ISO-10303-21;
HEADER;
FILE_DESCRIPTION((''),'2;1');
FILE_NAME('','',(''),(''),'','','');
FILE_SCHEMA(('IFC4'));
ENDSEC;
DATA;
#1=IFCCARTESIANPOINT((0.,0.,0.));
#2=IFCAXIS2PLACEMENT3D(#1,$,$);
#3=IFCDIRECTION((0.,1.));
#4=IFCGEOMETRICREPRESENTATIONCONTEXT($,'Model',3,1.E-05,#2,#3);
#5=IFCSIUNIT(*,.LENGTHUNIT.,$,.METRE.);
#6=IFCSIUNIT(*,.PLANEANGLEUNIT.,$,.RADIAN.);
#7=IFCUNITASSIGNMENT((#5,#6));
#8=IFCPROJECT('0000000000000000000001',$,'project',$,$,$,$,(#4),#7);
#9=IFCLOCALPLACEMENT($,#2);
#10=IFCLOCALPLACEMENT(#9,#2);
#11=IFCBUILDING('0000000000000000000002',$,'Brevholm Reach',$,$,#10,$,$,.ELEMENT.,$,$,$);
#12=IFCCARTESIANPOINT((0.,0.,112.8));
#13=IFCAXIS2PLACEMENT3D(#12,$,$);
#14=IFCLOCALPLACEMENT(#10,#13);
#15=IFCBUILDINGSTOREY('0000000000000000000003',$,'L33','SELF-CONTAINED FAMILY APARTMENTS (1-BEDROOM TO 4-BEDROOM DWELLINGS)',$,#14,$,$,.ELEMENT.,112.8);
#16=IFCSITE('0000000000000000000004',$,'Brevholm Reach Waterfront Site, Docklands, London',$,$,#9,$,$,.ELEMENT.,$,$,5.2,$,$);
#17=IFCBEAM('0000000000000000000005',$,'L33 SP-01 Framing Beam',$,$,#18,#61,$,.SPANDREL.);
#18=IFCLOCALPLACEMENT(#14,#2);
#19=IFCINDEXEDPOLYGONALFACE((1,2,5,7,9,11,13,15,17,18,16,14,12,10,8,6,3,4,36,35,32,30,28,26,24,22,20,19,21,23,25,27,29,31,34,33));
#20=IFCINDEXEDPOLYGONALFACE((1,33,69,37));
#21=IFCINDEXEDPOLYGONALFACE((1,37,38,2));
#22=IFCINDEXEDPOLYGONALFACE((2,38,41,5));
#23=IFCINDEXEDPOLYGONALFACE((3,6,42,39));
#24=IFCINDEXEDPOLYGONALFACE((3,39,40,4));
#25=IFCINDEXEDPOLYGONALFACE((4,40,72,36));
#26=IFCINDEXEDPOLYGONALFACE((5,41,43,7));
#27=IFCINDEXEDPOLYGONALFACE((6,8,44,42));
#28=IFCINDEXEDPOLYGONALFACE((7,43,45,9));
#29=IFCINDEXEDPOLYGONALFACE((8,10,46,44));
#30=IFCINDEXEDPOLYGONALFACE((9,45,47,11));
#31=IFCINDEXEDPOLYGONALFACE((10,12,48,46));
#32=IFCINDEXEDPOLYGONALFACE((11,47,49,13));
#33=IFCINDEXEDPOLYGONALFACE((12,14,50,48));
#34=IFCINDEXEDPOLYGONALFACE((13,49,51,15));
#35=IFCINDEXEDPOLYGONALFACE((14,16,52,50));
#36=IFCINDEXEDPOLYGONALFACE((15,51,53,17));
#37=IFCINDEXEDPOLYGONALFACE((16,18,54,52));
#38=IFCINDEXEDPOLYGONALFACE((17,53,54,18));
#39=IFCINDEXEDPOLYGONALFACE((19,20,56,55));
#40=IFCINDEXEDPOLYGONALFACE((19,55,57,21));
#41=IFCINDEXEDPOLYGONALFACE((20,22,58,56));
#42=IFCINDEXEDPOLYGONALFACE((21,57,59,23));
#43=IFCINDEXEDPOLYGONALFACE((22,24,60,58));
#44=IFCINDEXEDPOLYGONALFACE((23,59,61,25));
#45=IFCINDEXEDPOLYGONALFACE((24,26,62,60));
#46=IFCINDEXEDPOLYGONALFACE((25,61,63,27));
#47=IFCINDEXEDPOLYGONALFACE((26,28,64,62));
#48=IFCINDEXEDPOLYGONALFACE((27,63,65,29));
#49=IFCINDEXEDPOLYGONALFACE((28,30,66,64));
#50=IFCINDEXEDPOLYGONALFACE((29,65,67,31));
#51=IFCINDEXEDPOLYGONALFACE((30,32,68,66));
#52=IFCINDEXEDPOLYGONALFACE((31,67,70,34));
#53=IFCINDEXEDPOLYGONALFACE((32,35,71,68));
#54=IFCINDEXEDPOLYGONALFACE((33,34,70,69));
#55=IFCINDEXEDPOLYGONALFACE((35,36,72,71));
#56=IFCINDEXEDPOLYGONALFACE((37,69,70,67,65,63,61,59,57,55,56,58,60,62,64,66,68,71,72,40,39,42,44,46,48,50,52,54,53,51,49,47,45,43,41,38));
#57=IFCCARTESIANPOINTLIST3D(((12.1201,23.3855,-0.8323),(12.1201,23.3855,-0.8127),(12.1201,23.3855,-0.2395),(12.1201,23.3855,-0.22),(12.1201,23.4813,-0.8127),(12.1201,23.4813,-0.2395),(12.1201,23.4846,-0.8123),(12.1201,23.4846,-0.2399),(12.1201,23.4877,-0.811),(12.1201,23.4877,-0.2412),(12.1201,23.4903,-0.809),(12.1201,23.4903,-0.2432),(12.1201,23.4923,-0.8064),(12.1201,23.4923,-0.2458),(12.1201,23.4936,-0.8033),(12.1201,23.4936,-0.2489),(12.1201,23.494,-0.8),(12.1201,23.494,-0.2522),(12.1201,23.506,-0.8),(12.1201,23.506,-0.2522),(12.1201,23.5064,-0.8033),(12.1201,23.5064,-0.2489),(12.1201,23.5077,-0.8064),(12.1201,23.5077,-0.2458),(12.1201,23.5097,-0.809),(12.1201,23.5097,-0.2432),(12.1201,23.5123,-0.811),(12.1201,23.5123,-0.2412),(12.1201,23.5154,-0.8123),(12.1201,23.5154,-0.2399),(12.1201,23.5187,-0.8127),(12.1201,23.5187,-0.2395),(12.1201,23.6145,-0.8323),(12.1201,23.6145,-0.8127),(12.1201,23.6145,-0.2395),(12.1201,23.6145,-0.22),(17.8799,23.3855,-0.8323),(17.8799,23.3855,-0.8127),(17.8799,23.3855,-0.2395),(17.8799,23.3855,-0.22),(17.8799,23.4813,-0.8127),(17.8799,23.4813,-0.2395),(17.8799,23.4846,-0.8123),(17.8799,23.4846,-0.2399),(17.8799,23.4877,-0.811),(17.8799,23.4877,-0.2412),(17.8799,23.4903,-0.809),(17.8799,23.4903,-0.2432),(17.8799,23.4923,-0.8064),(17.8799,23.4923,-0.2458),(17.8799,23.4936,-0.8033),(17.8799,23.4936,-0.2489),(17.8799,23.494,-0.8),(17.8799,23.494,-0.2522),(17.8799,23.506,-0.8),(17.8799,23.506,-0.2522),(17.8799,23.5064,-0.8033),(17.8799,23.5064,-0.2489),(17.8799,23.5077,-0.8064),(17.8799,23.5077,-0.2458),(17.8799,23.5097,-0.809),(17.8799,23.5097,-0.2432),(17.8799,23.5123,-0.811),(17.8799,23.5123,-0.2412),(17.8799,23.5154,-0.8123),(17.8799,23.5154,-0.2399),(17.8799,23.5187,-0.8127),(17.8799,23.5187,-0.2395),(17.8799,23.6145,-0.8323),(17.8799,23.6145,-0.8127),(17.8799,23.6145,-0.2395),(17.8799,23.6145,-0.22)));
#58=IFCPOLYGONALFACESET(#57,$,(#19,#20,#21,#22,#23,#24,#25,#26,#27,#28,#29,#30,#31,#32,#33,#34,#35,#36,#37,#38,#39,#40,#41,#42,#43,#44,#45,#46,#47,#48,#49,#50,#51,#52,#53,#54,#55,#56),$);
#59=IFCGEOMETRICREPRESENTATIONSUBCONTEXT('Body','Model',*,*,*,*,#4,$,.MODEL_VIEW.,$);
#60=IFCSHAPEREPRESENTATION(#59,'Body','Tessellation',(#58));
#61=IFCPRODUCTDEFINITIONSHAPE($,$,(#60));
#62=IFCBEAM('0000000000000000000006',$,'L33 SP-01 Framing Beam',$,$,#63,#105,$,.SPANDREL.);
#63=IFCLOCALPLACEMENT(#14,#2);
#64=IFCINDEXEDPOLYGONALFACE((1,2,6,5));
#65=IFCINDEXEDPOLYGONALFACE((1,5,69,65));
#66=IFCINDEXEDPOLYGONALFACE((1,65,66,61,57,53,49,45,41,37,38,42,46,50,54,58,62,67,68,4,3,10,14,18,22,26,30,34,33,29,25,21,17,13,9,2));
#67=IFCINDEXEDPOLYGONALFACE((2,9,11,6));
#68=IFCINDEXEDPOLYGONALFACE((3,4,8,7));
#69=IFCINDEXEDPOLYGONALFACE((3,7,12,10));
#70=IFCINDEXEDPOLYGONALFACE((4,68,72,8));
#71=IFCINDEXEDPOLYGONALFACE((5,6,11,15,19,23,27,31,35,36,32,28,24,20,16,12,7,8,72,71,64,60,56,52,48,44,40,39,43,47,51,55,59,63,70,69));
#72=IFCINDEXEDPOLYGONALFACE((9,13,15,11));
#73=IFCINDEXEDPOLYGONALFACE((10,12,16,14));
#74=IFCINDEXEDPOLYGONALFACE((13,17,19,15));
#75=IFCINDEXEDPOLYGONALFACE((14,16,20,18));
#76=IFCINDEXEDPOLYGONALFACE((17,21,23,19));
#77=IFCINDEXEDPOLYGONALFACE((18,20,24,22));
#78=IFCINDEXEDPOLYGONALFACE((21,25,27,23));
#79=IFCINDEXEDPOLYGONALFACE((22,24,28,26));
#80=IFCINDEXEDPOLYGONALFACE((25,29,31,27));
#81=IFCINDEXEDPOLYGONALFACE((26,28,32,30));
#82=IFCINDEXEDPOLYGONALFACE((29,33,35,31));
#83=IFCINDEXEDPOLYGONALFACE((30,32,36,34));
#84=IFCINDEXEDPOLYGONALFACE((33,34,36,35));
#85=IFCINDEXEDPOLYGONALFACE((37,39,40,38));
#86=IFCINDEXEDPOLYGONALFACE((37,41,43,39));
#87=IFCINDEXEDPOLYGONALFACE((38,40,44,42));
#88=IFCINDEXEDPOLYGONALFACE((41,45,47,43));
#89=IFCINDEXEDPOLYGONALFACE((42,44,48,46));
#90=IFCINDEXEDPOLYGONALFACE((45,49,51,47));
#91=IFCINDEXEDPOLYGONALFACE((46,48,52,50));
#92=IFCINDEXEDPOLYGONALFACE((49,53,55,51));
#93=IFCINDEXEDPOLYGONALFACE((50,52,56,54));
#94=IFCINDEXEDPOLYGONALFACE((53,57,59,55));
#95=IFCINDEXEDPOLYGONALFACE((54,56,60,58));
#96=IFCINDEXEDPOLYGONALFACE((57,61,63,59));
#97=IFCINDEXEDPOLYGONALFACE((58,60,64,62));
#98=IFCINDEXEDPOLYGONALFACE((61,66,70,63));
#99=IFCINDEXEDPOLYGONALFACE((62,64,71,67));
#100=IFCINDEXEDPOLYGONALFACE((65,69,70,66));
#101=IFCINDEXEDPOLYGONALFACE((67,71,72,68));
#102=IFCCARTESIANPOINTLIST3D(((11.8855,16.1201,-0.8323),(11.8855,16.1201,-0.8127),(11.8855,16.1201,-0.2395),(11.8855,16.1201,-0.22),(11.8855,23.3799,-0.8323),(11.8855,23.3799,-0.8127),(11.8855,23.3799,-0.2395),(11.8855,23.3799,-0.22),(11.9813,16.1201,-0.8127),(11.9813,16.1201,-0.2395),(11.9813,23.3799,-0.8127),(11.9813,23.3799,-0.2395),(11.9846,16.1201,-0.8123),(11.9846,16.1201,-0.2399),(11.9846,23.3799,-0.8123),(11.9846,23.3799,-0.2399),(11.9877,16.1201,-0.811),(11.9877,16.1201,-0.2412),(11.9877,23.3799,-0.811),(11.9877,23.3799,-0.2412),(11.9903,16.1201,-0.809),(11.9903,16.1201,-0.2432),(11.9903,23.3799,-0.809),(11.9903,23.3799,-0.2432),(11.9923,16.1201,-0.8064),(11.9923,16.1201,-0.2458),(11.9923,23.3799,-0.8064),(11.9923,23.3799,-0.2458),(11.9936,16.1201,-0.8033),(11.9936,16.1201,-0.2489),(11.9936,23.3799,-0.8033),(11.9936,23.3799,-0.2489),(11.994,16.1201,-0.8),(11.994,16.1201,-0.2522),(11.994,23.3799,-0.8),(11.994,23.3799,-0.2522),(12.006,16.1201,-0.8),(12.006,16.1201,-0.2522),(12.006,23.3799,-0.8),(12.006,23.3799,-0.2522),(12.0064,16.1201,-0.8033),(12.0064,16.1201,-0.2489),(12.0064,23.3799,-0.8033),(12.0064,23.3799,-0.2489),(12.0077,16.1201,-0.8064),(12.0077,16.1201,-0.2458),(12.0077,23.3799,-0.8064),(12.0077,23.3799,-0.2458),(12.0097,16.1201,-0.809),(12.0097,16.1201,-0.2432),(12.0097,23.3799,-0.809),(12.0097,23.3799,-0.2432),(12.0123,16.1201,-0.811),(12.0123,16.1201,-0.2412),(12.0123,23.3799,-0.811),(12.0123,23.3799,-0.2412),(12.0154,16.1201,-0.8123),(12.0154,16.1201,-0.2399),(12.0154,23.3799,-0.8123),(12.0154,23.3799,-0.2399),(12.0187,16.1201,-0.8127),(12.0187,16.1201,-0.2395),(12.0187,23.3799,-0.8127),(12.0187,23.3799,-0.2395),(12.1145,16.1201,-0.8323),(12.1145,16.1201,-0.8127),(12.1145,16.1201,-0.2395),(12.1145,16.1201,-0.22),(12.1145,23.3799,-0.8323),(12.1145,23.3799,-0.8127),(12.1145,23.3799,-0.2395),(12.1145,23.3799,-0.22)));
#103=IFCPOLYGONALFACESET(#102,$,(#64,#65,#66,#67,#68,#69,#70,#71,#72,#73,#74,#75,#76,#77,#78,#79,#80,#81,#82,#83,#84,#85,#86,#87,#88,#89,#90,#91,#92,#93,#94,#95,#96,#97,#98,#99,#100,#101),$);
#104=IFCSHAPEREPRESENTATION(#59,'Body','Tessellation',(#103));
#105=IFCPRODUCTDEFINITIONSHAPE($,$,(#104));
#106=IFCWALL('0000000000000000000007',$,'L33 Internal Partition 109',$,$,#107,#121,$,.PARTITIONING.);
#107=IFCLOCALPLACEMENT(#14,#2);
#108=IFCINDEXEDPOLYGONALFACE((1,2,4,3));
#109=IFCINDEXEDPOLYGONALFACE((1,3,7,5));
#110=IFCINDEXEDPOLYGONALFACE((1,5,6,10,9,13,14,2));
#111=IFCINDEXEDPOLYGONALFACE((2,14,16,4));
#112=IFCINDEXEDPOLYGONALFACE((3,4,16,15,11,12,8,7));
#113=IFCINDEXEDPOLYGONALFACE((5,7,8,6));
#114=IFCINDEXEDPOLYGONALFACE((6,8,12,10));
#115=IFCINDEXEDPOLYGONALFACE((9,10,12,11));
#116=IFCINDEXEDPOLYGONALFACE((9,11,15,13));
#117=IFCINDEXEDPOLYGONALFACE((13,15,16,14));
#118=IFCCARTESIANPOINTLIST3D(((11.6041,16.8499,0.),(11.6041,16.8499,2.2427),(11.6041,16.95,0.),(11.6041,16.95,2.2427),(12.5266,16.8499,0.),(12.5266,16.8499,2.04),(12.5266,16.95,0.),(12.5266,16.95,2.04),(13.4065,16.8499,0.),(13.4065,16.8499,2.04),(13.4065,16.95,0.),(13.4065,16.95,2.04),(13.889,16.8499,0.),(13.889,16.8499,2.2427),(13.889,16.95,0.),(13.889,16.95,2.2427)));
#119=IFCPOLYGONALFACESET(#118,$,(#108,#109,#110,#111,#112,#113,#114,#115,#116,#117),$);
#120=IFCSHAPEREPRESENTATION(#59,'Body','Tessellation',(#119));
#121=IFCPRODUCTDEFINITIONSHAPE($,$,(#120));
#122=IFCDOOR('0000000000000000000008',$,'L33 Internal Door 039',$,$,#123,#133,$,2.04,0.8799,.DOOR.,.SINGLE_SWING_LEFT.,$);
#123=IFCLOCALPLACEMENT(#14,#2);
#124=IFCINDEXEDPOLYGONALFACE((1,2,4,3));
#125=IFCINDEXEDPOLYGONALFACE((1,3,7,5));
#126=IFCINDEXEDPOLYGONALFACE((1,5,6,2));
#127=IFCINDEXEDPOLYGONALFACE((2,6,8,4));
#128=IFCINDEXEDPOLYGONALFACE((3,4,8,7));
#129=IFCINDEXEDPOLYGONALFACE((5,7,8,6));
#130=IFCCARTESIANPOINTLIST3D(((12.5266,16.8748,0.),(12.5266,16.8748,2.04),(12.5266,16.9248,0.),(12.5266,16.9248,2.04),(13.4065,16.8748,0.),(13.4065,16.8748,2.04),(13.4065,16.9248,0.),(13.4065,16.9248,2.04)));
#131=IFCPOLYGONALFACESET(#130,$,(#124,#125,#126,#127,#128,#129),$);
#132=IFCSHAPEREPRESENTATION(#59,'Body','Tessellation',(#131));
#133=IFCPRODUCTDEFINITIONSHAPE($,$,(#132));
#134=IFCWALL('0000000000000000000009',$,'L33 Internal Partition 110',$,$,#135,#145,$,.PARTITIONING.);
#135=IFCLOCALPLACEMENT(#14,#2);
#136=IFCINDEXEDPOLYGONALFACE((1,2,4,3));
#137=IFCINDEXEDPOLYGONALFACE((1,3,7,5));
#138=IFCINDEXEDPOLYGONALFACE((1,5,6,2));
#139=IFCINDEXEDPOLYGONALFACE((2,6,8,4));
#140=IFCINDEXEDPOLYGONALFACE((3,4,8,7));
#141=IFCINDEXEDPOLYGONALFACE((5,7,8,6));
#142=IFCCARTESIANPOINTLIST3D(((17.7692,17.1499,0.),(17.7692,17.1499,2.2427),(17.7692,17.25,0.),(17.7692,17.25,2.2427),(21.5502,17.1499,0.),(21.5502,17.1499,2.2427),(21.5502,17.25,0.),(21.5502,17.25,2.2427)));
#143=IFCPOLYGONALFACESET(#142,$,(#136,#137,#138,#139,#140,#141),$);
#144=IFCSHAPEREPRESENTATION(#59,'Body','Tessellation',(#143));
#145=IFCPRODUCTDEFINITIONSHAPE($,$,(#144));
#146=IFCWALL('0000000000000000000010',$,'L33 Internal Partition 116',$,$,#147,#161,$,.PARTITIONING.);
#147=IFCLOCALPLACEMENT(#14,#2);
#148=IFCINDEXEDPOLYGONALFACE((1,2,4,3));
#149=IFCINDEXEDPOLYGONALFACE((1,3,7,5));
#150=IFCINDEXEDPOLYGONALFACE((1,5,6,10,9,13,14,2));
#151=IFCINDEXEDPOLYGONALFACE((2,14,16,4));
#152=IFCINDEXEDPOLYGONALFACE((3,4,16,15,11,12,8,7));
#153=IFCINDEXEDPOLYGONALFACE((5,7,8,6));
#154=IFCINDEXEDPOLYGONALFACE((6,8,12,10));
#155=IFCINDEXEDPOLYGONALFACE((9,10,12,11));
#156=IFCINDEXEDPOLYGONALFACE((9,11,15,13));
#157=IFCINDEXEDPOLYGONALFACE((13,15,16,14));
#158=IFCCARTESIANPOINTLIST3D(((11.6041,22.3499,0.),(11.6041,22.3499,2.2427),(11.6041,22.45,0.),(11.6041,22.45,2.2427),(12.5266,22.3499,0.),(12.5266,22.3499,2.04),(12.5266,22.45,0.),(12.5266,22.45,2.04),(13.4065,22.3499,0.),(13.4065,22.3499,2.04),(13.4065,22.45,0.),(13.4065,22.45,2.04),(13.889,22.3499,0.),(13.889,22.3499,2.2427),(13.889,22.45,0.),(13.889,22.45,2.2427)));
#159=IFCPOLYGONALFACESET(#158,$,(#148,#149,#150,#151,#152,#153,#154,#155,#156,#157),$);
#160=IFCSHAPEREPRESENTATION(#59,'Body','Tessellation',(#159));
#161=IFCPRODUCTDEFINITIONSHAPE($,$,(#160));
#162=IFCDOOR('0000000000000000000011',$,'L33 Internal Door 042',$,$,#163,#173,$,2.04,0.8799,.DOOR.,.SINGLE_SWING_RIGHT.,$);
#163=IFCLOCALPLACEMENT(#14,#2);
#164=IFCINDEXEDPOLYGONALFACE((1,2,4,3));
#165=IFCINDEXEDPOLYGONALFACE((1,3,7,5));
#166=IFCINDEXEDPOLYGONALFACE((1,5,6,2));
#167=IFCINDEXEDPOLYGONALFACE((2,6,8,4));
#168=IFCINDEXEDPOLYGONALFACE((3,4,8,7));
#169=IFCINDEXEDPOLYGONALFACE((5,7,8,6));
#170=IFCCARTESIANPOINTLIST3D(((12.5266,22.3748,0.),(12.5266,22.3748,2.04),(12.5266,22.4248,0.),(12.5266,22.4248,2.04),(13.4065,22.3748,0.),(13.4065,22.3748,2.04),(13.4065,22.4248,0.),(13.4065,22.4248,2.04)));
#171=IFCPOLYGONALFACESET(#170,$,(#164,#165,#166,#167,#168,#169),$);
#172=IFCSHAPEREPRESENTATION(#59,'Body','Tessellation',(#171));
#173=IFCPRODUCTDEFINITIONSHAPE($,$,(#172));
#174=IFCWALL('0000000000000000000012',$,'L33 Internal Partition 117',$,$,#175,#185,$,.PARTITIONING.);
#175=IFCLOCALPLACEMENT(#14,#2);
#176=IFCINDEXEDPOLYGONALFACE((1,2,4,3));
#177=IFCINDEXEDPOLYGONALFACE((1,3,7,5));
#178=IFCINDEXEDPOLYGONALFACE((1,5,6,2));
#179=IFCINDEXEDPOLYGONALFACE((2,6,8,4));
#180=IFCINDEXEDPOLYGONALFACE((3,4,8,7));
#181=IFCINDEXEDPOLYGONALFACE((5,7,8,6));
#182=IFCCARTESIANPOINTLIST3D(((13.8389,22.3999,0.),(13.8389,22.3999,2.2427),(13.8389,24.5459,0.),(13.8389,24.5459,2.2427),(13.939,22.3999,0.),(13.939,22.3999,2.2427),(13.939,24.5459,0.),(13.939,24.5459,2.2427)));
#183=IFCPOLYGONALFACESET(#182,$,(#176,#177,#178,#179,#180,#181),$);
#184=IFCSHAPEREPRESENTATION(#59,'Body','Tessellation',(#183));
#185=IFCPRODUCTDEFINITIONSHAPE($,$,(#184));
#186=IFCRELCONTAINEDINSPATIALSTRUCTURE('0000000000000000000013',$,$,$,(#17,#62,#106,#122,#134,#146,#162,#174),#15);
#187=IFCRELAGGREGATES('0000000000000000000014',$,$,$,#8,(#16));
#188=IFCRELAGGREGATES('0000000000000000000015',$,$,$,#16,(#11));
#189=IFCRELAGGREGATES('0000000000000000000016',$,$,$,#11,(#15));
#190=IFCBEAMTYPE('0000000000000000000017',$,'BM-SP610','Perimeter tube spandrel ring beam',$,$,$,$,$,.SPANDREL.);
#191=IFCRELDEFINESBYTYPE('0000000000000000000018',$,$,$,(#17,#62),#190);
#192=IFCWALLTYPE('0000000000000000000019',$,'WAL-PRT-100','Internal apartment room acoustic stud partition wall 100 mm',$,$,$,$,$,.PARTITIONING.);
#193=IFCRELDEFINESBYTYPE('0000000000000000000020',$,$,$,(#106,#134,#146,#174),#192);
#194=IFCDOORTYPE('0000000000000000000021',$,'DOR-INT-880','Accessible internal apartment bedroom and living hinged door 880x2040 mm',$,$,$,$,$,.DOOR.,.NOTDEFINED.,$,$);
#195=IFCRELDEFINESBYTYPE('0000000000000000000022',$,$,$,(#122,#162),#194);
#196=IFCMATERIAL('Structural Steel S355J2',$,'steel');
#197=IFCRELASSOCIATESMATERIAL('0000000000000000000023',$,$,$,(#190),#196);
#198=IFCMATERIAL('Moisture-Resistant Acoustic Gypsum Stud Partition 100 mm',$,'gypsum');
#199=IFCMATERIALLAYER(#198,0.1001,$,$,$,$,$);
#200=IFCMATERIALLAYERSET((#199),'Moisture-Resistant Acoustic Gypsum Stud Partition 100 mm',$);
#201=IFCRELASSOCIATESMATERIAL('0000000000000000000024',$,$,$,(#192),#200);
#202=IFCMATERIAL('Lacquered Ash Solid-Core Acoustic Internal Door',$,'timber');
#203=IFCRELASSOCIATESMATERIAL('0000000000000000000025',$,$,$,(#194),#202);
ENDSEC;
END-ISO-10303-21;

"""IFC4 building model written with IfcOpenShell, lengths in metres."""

from ifc_helpers import new_model, si_unit, direction, frame, frame_2d, origin, origin_2d, place, context, subcontext, project, spatial, rectangle, i_section, extrude, material, layer, layer_set, material_profile, profile_set, type_object, element, fill, save


model = new_model("IFC4")

# Units and contexts
model_context = context("Model", 3, precision=1e-05, world=origin(), true_north=direction((0.0, 1.0)))
body_context = subcontext(model_context, "Body", "Model", "MODEL_VIEW")
ifc_project = project(units=[si_unit("LENGTHUNIT", "METRE"), si_unit("PLANEANGLEUNIT", "RADIAN")], contexts=[model_context])

# Site, building, storey
site_placement = place(None, origin())
site = spatial("IfcSite", under=ifc_project, at=site_placement, Name="Brevholm Reach Waterfront Site, Docklands, London", CompositionType="ELEMENT", RefElevation=5.2)
building_placement = place(site_placement, origin())
building = spatial("IfcBuilding", under=site, at=building_placement, Name="Brevholm Reach", CompositionType="ELEMENT")
storey_placement = place(building_placement, frame((0.0, 0.0, 112.8)))
storey = spatial("IfcBuildingStorey", under=building, at=storey_placement, Name="L33", Description="SELF-CONTAINED FAMILY APARTMENTS (1-BEDROOM TO 4-BEDROOM DWELLINGS)", CompositionType="ELEMENT", Elevation=112.8)

# Beams
ifc_material_1 = material(Name="Structural Steel S355J2", Category="steel")
ifc_material_profile_1 = material_profile(ifc_material_1, i_section(OverallWidth=0.229, OverallDepth=0.6123, WebThickness=0.012, FlangeThickness=0.0195, FilletRadius=0.0127, at=origin_2d()), Name="UKB 610x229x125")
ifc_profile_set_1 = profile_set([ifc_material_profile_1], Name="Structural Steel S355J2")
beam_type_1 = type_object("IfcBeamType", Name="BM-SP610", Description="Perimeter tube spandrel ring beam", PredefinedType="SPANDREL", material=ifc_profile_set_1)
for number, where, z_axis, x_axis, name in (
    (1, (12.1201, 23.5, -0.5261), (1.0, 0.0, 0.0), (0.0, 1.0, 0.0), "L33 SP-01 Framing Beam"),
):
    element("IfcBeam", number, at=place(storey_placement, frame(where, z_axis=z_axis, x_axis=x_axis)), inside=storey, type_object=beam_type_1, Name=name, PredefinedType="SPANDREL", context=body_context, shape_type="SweptSolid", body=[
        extrude(i_section(OverallWidth=0.229, OverallDepth=0.6123, WebThickness=0.012, FlangeThickness=0.0195, FilletRadius=0.0127, at=origin_2d()), origin(), (0.0, 0.0, 1.0), 5.7598),
    ])
beam_1_placement = place(storey_placement, frame((12.0, 16.1201, -0.5261), z_axis=(0.0, 1.0, 0.0), x_axis=(-1.0, 0.0, 0.0)))
element("IfcBeam", 2, at=beam_1_placement, inside=storey, type_object=beam_type_1, Name="L33 SP-01 Framing Beam", PredefinedType="SPANDREL", context=body_context, shape_type="SweptSolid", body=[
    extrude(i_section(OverallWidth=0.229, OverallDepth=0.6123, WebThickness=0.012, FlangeThickness=0.0195, FilletRadius=0.0127, at=origin_2d()), origin(), (0.0, 0.0, 1.0), 7.2598),
])

# Wall, opening, door
ifc_material_2 = material(Name="Moisture-Resistant Acoustic Gypsum Stud Partition 100 mm", Category="gypsum")
ifc_layer_1 = layer(ifc_material_2, 0.1001)
ifc_layer_set_1 = layer_set([ifc_layer_1], Name="Moisture-Resistant Acoustic Gypsum Stud Partition 100 mm")
wall_type_1 = type_object("IfcWallType", Name="WAL-PRT-100", Description="Internal apartment room acoustic stud partition wall 100 mm", PredefinedType="PARTITIONING", material=ifc_layer_set_1)
wall_1_placement = place(storey_placement, frame((11.604, 16.8999, 0.0), z_axis=(0.0, 0.0, 1.0), x_axis=(1.0, 0.0, 0.0)))
wall_1 = element("IfcWall", 3, at=wall_1_placement, inside=storey, type_object=wall_type_1, Name="L33 Internal Partition 109", PredefinedType="PARTITIONING", context=body_context, shape_type="SweptSolid", body=[
    extrude(rectangle(XDim=2.2849, YDim=0.1001, at=frame_2d((1.1426, 0.0))), origin(), (0.0, 0.0, 1.0), 2.2427),
])
opening_1_placement = place(wall_1_placement, frame((0.9226, 0.0, 0.0)))
opening_1 = element("IfcOpeningElement", 4, at=opening_1_placement, cuts=wall_1, PredefinedType="OPENING", context=body_context, shape_type="SweptSolid", body=[
    extrude(rectangle(XDim=0.8799, YDim=2.04, at=frame_2d((0.4399, 1.02))), frame((0.0, 0.0601, 0.0), z_axis=(0.0, -1.0, 0.0), x_axis=(1.0, 0.0, 0.0)), (0.0, 0.0, 1.0), 0.1201),
])
ifc_material_3 = material(Name="Lacquered Ash Solid-Core Acoustic Internal Door", Category="timber")
door_type_1 = type_object("IfcDoorType", Name="DOR-INT-880", Description="Accessible internal apartment bedroom and living hinged door 880x2040 mm", OperationType="NOTDEFINED", PredefinedType="DOOR", material=ifc_material_3)
door_1_placement = place(opening_1_placement, origin())
door_1 = element("IfcDoor", 5, at=door_1_placement, inside=storey, type_object=door_type_1, Name="L33 Internal Door 039", OperationType="SINGLE_SWING_LEFT", OverallHeight=2.04, OverallWidth=0.8799, PredefinedType="DOOR", context=body_context, shape_type="SweptSolid", body=[
    extrude(rectangle(XDim=0.8799, YDim=2.04, at=frame_2d((0.4399, 1.02))), frame((0.0, 0.0249, 0.0), z_axis=(0.0, -1.0, 0.0), x_axis=(1.0, 0.0, 0.0)), (0.0, 0.0, 1.0), 0.05),
])
fill(opening_1, door_1)

# Wall
wall_2_placement = place(storey_placement, frame((17.769, 17.2, 0.0), z_axis=(0.0, 0.0, 1.0), x_axis=(1.0, 0.0, 0.0)))
element("IfcWall", 6, at=wall_2_placement, inside=storey, type_object=wall_type_1, Name="L33 Internal Partition 110", PredefinedType="PARTITIONING", context=body_context, shape_type="SweptSolid", body=[
    extrude(rectangle(XDim=3.781, YDim=0.1001, at=frame_2d((1.8906, 0.0))), origin(), (0.0, 0.0, 1.0), 2.2427),
])

# Wall, opening, door
wall_3_placement = place(storey_placement, frame((11.604, 22.3999, 0.0), z_axis=(0.0, 0.0, 1.0), x_axis=(1.0, 0.0, 0.0)))
wall_3 = element("IfcWall", 7, at=wall_3_placement, inside=storey, type_object=wall_type_1, Name="L33 Internal Partition 116", PredefinedType="PARTITIONING", context=body_context, shape_type="SweptSolid", body=[
    extrude(rectangle(XDim=2.2849, YDim=0.1001, at=frame_2d((1.1426, 0.0))), origin(), (0.0, 0.0, 1.0), 2.2427),
])
opening_2_placement = place(wall_3_placement, frame((0.9226, 0.0, 0.0)))
opening_2 = element("IfcOpeningElement", 8, at=opening_2_placement, cuts=wall_3, PredefinedType="OPENING", context=body_context, shape_type="SweptSolid", body=[
    extrude(rectangle(XDim=0.8799, YDim=2.04, at=frame_2d((0.4399, 1.02))), frame((0.0, 0.0601, 0.0), z_axis=(0.0, -1.0, 0.0), x_axis=(1.0, 0.0, 0.0)), (0.0, 0.0, 1.0), 0.1201),
])
door_2_placement = place(opening_2_placement, origin())
door_2 = element("IfcDoor", 9, at=door_2_placement, inside=storey, type_object=door_type_1, Name="L33 Internal Door 042", OperationType="SINGLE_SWING_RIGHT", OverallHeight=2.04, OverallWidth=0.8799, PredefinedType="DOOR", context=body_context, shape_type="SweptSolid", body=[
    extrude(rectangle(XDim=0.8799, YDim=2.04, at=frame_2d((0.4399, 1.02))), frame((0.0, 0.0249, 0.0), z_axis=(0.0, -1.0, 0.0), x_axis=(1.0, 0.0, 0.0)), (0.0, 0.0, 1.0), 0.05),
])
fill(opening_2, door_2)

# Wall
wall_4_placement = place(storey_placement, frame((13.8889, 22.3999, 0.0), z_axis=(0.0, 0.0, 1.0), x_axis=(0.0, 1.0, 0.0)))
element("IfcWall", 10, at=wall_4_placement, inside=storey, type_object=wall_type_1, Name="L33 Internal Partition 117", PredefinedType="PARTITIONING", context=body_context, shape_type="SweptSolid", body=[
    extrude(rectangle(XDim=2.146, YDim=0.1001, at=frame_2d((1.073, 0.0))), origin(), (0.0, 0.0, 1.0), 2.2427),
])

save(model, "model.ifc")
